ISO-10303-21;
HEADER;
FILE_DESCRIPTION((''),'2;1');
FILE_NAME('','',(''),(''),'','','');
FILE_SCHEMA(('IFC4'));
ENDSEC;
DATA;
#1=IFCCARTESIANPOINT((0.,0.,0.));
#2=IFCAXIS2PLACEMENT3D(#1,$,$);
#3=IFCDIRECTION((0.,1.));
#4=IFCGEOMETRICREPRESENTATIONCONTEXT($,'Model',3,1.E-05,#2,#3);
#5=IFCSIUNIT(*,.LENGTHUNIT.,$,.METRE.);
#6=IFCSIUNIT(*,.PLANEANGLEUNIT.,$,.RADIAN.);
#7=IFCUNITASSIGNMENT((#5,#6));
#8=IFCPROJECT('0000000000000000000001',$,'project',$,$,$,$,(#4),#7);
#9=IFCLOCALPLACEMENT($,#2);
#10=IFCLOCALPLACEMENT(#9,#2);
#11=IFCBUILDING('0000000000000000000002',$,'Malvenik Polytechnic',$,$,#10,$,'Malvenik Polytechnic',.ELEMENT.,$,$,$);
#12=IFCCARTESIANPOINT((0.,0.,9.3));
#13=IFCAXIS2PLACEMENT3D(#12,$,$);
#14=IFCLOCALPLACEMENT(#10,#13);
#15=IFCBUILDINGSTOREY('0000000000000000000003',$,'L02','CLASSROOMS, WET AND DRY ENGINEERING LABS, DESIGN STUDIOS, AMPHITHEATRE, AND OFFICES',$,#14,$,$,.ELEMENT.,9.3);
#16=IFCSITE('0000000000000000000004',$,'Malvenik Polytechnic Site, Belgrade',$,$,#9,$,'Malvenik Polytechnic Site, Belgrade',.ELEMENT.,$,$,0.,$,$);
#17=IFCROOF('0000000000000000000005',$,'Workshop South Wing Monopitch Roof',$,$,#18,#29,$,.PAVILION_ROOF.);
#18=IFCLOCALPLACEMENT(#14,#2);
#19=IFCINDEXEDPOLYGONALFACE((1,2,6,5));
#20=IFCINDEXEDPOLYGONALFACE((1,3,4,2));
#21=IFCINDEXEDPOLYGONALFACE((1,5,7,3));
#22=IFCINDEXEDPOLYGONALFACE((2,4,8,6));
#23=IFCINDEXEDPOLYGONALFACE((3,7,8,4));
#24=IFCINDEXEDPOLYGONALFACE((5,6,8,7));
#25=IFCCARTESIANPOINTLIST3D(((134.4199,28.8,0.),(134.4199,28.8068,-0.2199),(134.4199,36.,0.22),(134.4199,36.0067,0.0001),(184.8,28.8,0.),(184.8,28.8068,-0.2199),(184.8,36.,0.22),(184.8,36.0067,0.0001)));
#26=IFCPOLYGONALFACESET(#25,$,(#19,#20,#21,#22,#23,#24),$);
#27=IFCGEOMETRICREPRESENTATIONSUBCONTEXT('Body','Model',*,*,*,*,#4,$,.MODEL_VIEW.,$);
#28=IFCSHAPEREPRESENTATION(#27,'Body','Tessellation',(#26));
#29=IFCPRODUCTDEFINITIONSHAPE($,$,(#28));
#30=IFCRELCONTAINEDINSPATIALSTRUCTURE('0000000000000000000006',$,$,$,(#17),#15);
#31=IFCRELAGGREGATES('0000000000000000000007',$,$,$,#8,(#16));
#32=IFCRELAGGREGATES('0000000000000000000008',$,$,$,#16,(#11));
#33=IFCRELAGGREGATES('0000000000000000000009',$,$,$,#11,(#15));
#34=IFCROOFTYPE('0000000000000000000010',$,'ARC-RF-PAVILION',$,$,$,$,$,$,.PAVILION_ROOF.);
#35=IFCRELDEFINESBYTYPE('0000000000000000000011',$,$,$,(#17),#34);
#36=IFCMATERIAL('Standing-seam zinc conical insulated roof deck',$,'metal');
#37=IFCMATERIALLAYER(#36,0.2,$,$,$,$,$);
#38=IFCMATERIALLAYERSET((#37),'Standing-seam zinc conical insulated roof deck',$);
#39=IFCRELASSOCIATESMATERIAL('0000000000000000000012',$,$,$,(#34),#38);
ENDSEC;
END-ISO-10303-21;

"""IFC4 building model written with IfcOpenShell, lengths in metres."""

from ifc_helpers import new_model, si_unit, direction, frame, origin, place, context, subcontext, project, spatial, polyline, outline, extrude, material, layer, layer_set, type_object, element, save


model = new_model("IFC4")

# Units and contexts
model_context = context("Model", 3, precision=1e-05, world=origin(), true_north=direction((0.0, 1.0)))
body_context = subcontext(model_context, "Body", "Model", "MODEL_VIEW")
ifc_project = project(units=[si_unit("LENGTHUNIT", "METRE"), si_unit("PLANEANGLEUNIT", "RADIAN")], contexts=[model_context])

# Site, building, storey
site_placement = place(None, origin())
site = spatial("IfcSite", under=ifc_project, at=site_placement, Name="Malvenik Polytechnic Site, Belgrade", LongName="Malvenik Polytechnic Site, Belgrade", CompositionType="ELEMENT", RefElevation=0.0)
building_placement = place(site_placement, origin())
building = spatial("IfcBuilding", under=site, at=building_placement, Name="Malvenik Polytechnic", LongName="Malvenik Polytechnic", CompositionType="ELEMENT")
storey_placement = place(building_placement, frame((0.0, 0.0, 9.3)))
storey = spatial("IfcBuildingStorey", under=building, at=storey_placement, Name="L02", Description="CLASSROOMS, WET AND DRY ENGINEERING LABS, DESIGN STUDIOS, AMPHITHEATRE, AND OFFICES", CompositionType="ELEMENT", Elevation=9.3)

# Roof
ifc_material_1 = material(Name="Standing-seam zinc conical insulated roof deck", Category="metal")
ifc_layer_1 = layer(ifc_material_1, 0.2)
ifc_layer_set_1 = layer_set([ifc_layer_1], Name="Standing-seam zinc conical insulated roof deck")
roof_type = type_object("IfcRoofType", Name="ARC-RF-PAVILION", PredefinedType="PAVILION_ROOF", material=ifc_layer_set_1)
roof_placement = place(storey_placement, frame((134.4199, 28.8, 0.0), z_axis=(0.0, -0.030537, 0.999534), x_axis=(1.0, 0.0, 0.0)))
element("IfcRoof", 1, at=roof_placement, inside=storey, type_object=roof_type, Name="Workshop South Wing Monopitch Roof", PredefinedType="PAVILION_ROOF", context=body_context, shape_type="SweptSolid", body=[
    extrude(outline(polyline([(0.0, 0.0), (50.3801, 0.0), (50.3801, 7.2033), (0.0, 7.2033), (0.0, 0.0)])), origin(), (0.0, 0.0, -1.0), 0.22),
])

save(model, "model.ifc")
